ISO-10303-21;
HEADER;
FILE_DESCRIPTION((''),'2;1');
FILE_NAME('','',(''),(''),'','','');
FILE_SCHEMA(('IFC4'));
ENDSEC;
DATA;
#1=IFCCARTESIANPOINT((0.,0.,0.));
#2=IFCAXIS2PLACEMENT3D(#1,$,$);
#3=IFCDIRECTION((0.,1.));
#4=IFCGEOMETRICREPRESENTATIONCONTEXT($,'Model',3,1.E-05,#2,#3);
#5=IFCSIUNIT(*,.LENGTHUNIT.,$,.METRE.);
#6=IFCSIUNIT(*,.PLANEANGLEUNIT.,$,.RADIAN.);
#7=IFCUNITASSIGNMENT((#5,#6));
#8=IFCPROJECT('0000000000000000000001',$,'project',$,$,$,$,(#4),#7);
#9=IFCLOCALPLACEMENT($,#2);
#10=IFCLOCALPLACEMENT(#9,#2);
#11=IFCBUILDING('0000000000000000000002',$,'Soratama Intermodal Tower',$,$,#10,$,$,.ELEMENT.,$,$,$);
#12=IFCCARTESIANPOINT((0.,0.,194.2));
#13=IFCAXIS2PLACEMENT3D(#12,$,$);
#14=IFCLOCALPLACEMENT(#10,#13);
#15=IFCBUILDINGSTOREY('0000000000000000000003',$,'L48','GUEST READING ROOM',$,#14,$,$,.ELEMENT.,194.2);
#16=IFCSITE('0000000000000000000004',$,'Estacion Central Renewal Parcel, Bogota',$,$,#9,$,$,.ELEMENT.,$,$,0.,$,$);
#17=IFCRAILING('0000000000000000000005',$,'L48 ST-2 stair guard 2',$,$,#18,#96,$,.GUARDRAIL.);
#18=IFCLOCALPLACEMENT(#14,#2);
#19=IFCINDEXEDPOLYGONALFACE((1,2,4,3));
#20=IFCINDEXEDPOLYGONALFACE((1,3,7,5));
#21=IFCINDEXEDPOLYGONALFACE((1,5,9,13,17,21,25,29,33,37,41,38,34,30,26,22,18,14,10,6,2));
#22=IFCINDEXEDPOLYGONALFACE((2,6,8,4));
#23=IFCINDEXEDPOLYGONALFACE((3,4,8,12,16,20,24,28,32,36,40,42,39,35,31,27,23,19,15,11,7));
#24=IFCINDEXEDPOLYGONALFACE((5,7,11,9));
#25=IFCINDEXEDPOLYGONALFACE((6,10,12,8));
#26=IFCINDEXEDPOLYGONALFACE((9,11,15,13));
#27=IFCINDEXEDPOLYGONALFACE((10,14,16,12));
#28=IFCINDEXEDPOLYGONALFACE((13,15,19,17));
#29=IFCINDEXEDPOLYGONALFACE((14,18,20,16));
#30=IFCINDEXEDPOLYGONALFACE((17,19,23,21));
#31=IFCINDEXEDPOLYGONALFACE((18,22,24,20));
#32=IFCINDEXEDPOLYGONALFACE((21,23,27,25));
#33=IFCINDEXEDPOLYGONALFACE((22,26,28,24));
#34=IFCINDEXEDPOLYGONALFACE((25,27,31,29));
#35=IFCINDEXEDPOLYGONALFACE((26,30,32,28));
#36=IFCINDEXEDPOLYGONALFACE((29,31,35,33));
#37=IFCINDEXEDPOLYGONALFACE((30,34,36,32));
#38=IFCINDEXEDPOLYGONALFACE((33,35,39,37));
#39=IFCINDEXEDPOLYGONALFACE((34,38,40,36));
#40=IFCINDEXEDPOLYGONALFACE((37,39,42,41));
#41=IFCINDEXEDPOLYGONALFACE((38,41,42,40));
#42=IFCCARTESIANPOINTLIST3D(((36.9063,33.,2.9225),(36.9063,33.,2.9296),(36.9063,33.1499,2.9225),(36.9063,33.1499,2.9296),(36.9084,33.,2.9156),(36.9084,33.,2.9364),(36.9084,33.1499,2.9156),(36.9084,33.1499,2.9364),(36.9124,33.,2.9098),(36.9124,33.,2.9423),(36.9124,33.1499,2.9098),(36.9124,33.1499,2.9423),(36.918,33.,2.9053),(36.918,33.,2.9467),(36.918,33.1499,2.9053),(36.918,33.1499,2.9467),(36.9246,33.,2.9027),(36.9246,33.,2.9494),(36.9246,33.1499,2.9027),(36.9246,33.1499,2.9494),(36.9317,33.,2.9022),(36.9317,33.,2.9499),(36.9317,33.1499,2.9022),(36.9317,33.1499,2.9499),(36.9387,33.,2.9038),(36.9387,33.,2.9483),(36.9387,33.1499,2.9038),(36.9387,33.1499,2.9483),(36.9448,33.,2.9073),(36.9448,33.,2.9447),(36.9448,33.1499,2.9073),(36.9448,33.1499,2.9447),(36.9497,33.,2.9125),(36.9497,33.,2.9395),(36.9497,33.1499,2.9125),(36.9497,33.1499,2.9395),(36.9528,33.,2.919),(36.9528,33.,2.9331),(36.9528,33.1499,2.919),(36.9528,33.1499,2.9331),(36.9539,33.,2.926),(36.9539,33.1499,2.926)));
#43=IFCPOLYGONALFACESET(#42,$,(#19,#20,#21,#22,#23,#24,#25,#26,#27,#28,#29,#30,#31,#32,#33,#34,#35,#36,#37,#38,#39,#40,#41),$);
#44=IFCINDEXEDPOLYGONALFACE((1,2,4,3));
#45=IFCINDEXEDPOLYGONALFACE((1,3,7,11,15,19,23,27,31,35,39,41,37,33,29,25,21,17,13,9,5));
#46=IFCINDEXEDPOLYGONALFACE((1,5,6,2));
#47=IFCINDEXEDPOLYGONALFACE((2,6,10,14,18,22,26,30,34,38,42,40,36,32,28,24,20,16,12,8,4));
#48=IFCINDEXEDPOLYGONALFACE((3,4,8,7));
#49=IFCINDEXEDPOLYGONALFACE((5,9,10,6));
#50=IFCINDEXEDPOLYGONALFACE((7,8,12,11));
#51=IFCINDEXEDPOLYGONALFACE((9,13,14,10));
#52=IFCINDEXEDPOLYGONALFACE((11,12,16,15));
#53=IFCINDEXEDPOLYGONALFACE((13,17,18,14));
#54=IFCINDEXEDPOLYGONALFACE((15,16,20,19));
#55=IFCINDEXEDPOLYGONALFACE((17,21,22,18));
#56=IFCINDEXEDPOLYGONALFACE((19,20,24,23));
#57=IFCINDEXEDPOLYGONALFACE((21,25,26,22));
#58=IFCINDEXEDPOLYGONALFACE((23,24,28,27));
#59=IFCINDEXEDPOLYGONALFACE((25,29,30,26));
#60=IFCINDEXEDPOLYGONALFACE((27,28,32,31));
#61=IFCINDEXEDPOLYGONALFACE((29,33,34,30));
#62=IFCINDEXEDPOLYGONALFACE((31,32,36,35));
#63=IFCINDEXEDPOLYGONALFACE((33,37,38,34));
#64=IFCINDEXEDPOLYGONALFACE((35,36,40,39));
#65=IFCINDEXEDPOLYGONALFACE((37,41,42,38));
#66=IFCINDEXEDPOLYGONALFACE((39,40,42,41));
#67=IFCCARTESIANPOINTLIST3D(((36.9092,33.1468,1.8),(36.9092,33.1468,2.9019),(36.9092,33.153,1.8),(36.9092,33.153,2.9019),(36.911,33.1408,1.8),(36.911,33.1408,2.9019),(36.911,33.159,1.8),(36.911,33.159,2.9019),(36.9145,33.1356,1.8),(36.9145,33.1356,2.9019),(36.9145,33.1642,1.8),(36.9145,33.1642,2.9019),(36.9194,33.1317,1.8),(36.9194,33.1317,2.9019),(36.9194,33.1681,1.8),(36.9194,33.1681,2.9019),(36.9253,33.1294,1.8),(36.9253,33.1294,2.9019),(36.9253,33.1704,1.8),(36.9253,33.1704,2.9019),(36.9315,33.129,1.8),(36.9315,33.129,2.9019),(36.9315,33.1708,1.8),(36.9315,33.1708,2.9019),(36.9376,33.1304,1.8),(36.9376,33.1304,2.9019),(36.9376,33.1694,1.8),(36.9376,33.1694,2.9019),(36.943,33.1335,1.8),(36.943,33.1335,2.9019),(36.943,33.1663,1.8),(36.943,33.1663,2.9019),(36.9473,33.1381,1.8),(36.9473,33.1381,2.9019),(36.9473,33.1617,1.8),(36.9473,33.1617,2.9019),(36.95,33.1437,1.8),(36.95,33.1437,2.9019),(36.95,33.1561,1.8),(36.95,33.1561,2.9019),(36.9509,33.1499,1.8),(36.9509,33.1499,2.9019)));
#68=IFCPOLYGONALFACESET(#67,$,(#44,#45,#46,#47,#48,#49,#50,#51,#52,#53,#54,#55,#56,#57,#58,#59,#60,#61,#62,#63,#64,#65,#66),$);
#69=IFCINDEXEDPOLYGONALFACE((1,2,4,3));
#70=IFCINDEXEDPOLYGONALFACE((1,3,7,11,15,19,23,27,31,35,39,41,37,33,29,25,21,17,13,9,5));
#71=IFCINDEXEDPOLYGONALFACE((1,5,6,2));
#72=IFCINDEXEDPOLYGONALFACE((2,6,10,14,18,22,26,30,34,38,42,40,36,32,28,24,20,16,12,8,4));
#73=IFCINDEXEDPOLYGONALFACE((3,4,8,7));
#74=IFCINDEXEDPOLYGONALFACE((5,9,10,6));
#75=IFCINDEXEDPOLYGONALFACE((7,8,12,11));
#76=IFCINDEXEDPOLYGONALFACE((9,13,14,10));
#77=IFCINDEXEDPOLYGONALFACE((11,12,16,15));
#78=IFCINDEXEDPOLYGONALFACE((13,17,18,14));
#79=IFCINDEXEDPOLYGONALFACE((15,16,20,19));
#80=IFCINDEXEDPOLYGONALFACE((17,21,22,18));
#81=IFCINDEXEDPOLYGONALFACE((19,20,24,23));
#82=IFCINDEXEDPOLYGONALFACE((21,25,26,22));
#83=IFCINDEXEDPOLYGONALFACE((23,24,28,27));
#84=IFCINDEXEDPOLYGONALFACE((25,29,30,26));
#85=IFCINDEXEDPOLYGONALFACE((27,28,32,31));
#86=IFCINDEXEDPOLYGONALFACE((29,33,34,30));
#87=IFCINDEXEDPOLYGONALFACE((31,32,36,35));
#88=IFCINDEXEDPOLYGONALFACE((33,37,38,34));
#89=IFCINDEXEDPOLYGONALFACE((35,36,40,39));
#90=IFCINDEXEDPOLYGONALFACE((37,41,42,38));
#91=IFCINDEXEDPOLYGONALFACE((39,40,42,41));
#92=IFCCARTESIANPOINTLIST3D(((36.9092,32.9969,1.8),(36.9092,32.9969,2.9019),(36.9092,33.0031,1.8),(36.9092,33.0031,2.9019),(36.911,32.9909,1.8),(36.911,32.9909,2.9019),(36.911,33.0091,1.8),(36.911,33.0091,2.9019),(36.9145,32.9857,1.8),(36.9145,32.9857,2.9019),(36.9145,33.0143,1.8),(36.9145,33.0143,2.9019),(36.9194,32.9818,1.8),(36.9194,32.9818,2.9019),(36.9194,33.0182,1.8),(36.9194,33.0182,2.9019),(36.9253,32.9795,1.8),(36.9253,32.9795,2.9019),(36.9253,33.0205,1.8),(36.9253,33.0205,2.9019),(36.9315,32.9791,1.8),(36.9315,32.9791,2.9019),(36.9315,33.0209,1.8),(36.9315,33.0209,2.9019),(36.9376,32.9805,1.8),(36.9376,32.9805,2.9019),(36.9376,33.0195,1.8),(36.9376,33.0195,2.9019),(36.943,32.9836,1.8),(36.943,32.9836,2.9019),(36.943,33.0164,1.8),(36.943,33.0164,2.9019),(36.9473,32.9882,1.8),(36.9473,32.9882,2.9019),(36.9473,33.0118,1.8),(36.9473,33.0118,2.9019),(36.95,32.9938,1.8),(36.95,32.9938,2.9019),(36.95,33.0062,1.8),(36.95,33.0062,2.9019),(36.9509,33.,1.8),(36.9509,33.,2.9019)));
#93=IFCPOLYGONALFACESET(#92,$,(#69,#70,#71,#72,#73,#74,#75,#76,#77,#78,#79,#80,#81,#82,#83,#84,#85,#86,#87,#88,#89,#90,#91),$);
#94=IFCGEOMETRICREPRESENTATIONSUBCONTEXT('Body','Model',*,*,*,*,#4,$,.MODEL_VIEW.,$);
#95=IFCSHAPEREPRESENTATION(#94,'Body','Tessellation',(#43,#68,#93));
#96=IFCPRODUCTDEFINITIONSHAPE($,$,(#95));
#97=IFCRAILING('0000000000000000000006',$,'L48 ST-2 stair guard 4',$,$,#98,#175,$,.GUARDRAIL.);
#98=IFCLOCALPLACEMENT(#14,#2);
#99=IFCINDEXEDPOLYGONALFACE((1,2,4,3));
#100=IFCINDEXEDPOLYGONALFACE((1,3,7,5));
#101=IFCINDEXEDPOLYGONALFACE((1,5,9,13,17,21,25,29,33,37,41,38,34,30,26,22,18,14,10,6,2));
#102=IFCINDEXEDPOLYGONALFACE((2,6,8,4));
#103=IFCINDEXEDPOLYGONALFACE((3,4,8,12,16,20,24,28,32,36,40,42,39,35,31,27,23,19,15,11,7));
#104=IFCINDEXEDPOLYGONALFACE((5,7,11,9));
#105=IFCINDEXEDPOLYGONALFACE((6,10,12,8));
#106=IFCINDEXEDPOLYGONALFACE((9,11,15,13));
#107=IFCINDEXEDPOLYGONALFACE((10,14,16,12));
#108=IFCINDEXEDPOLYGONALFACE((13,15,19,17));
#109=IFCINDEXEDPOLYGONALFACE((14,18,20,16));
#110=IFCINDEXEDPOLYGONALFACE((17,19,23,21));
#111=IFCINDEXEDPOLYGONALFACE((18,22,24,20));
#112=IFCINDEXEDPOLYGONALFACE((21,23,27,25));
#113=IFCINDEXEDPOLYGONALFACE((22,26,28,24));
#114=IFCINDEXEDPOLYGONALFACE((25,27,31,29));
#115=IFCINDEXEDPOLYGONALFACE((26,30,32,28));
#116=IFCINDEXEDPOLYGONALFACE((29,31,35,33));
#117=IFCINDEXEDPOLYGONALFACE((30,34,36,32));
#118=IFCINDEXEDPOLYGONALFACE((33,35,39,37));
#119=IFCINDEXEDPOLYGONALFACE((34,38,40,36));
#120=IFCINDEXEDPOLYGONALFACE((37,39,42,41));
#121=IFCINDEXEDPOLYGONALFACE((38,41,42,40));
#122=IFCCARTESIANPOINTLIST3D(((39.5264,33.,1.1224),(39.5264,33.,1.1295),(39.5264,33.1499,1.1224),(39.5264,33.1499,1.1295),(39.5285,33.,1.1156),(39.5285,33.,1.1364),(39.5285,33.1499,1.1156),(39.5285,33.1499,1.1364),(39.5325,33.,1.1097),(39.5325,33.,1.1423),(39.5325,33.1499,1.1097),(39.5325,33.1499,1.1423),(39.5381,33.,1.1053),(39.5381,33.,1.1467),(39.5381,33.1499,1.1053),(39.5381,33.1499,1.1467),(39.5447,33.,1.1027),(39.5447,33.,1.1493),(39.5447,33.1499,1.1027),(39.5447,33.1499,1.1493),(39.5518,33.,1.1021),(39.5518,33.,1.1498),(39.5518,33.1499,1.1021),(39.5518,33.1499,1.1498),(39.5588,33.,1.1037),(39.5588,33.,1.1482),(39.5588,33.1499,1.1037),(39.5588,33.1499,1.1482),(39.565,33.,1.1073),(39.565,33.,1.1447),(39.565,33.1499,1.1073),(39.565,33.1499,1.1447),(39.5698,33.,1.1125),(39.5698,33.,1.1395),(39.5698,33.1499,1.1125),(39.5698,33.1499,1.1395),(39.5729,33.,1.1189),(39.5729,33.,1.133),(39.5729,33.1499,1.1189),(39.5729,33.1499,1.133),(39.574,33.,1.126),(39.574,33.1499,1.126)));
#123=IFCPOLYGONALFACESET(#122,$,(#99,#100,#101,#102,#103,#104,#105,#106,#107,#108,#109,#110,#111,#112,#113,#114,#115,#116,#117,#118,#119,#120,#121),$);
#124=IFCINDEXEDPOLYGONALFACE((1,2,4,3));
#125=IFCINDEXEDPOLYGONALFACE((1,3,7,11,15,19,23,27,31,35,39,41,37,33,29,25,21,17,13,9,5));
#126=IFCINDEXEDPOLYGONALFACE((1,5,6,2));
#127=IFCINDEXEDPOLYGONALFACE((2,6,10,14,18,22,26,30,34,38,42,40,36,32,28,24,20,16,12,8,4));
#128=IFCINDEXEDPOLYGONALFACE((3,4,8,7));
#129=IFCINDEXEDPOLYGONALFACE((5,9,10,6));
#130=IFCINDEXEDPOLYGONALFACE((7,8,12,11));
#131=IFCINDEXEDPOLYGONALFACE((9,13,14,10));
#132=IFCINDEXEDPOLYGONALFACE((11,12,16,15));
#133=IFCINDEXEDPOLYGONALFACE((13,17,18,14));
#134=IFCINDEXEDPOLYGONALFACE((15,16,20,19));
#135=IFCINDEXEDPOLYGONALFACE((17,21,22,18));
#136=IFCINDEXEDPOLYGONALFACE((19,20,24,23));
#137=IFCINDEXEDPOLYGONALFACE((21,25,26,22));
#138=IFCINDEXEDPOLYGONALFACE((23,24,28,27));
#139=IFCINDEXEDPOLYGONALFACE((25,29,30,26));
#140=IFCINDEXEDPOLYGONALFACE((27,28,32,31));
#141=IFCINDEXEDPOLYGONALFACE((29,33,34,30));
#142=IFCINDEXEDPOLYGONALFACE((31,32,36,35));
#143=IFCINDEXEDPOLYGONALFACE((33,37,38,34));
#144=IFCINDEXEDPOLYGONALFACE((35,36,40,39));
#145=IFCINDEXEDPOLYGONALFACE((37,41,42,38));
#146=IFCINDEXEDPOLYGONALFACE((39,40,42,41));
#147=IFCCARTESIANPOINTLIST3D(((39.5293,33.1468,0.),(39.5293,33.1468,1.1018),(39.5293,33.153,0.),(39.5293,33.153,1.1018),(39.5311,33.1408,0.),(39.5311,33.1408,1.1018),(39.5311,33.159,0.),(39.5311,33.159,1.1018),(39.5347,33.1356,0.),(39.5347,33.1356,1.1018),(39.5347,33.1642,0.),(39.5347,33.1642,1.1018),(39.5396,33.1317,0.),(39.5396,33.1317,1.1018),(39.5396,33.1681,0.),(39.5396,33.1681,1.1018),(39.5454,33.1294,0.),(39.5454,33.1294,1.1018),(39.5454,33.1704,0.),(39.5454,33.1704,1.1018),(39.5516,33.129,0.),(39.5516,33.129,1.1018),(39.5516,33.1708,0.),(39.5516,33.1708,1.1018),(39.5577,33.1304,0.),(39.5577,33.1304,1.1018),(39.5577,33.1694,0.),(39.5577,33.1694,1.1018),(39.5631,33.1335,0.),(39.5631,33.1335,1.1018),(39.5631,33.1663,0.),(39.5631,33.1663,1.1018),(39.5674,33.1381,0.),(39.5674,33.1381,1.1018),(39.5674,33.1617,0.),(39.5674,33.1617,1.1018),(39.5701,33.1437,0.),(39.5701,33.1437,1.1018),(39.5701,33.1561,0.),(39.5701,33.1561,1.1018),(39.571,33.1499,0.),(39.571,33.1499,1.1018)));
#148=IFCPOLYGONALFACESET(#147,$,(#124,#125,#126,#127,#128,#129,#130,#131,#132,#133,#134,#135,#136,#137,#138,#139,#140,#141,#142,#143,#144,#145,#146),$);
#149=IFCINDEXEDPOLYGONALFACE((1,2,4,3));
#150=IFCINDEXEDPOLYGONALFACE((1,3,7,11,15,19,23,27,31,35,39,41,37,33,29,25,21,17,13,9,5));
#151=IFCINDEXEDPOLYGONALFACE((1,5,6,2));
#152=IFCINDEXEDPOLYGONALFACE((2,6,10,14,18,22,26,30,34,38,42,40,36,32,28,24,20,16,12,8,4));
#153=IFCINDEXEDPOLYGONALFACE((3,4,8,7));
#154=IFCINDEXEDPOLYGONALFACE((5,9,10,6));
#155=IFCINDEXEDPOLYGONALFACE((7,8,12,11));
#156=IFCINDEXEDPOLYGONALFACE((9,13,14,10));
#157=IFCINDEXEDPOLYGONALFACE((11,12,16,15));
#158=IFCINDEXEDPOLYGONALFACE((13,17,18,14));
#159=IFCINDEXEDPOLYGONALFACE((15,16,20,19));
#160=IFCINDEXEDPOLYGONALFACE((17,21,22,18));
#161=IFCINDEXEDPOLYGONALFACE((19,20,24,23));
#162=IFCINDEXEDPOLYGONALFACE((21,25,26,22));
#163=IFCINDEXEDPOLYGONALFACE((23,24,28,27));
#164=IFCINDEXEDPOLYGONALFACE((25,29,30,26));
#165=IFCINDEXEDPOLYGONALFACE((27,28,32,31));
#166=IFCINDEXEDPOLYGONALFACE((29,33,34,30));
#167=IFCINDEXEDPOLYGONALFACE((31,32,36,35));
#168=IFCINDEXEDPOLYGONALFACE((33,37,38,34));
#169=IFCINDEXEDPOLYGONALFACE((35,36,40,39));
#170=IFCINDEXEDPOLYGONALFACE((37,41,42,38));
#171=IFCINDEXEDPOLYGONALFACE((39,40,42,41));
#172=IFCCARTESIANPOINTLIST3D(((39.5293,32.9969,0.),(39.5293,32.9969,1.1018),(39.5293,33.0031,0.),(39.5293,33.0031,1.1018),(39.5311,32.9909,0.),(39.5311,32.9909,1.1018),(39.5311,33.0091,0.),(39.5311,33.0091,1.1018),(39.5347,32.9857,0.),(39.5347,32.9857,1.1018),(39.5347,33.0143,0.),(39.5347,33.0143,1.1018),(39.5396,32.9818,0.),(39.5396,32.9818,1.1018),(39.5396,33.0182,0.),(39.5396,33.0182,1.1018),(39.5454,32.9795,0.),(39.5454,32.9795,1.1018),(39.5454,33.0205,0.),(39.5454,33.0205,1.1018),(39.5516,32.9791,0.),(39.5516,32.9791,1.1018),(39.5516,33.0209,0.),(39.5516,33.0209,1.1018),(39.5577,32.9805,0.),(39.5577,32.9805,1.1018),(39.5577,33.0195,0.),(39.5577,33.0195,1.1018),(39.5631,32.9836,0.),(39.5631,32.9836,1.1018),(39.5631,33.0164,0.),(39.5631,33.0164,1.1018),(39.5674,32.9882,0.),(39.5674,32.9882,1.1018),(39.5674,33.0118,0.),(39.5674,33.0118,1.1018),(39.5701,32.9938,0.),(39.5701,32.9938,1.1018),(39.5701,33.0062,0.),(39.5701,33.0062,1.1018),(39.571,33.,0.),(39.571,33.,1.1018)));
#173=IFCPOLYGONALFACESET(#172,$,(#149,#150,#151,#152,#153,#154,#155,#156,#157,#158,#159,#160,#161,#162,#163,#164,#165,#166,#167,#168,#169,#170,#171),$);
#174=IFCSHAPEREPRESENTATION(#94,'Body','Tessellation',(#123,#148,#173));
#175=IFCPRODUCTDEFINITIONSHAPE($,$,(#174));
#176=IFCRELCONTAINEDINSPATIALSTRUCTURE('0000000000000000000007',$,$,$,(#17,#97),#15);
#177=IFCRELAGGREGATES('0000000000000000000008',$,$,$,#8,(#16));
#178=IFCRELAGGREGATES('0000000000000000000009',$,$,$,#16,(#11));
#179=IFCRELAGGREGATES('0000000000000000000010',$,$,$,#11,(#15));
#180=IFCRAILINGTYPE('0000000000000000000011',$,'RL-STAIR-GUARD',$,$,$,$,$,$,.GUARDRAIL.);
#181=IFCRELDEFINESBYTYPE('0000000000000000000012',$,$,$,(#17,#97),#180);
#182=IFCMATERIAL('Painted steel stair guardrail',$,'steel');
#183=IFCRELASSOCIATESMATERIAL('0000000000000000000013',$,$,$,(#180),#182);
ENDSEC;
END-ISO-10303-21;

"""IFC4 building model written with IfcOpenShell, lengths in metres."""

from ifc_helpers import new_model, si_unit, direction, frame, origin, origin_2d, place, context, subcontext, project, spatial, circle, extrude, material, type_object, element, save


model = new_model("IFC4")

# Units and contexts
model_context = context("Model", 3, precision=1e-05, world=origin(), true_north=direction((0.0, 1.0)))
body_context = subcontext(model_context, "Body", "Model", "MODEL_VIEW")
ifc_project = project(units=[si_unit("LENGTHUNIT", "METRE"), si_unit("PLANEANGLEUNIT", "RADIAN")], contexts=[model_context])

# Site, building, storey
site_placement = place(None, origin())
site = spatial("IfcSite", under=ifc_project, at=site_placement, Name="Estacion Central Renewal Parcel, Bogota", CompositionType="ELEMENT", RefElevation=0.0)
building_placement = place(site_placement, origin())
building = spatial("IfcBuilding", under=site, at=building_placement, Name="Soratama Intermodal Tower", CompositionType="ELEMENT")
storey_placement = place(building_placement, frame((0.0, 0.0, 194.2)))
storey = spatial("IfcBuildingStorey", under=building, at=storey_placement, Name="L48", Description="GUEST READING ROOM", CompositionType="ELEMENT", Elevation=194.2)

# Railings
ifc_material_1 = material(Name="Painted steel stair guardrail", Category="steel")
railing_type_1 = type_object("IfcRailingType", Name="RL-STAIR-GUARD", PredefinedType="GUARDRAIL", material=ifc_material_1)
for number, where, name in (
    (1, (36.9299, 33.1499, 1.8), "L48 ST-2 stair guard 2"),
    (2, (39.55, 33.1499, 0.0), "L48 ST-2 stair guard 4"),
):
    element("IfcRailing", number, at=place(storey_placement, frame(where)), inside=storey, type_object=railing_type_1, Name=name, PredefinedType="GUARDRAIL", context=body_context, shape_type="SweptSolid", body=[
        extrude(circle(Radius=0.0239, at=origin_2d()), frame((0.0, 0.0, 1.126), z_axis=(0.0, -1.0, 0.0), x_axis=(1.0, 0.0, 0.0)), (0.0, 0.0, 1.0), 0.1499),
        extrude(circle(Radius=0.021, at=origin_2d()), origin(), (0.0, 0.0, 1.0), 1.1018),
        extrude(circle(Radius=0.021, at=origin_2d()), frame((0.0, -0.1499, 0.0)), (0.0, 0.0, 1.0), 1.1018),
    ])

save(model, "model.ifc")
